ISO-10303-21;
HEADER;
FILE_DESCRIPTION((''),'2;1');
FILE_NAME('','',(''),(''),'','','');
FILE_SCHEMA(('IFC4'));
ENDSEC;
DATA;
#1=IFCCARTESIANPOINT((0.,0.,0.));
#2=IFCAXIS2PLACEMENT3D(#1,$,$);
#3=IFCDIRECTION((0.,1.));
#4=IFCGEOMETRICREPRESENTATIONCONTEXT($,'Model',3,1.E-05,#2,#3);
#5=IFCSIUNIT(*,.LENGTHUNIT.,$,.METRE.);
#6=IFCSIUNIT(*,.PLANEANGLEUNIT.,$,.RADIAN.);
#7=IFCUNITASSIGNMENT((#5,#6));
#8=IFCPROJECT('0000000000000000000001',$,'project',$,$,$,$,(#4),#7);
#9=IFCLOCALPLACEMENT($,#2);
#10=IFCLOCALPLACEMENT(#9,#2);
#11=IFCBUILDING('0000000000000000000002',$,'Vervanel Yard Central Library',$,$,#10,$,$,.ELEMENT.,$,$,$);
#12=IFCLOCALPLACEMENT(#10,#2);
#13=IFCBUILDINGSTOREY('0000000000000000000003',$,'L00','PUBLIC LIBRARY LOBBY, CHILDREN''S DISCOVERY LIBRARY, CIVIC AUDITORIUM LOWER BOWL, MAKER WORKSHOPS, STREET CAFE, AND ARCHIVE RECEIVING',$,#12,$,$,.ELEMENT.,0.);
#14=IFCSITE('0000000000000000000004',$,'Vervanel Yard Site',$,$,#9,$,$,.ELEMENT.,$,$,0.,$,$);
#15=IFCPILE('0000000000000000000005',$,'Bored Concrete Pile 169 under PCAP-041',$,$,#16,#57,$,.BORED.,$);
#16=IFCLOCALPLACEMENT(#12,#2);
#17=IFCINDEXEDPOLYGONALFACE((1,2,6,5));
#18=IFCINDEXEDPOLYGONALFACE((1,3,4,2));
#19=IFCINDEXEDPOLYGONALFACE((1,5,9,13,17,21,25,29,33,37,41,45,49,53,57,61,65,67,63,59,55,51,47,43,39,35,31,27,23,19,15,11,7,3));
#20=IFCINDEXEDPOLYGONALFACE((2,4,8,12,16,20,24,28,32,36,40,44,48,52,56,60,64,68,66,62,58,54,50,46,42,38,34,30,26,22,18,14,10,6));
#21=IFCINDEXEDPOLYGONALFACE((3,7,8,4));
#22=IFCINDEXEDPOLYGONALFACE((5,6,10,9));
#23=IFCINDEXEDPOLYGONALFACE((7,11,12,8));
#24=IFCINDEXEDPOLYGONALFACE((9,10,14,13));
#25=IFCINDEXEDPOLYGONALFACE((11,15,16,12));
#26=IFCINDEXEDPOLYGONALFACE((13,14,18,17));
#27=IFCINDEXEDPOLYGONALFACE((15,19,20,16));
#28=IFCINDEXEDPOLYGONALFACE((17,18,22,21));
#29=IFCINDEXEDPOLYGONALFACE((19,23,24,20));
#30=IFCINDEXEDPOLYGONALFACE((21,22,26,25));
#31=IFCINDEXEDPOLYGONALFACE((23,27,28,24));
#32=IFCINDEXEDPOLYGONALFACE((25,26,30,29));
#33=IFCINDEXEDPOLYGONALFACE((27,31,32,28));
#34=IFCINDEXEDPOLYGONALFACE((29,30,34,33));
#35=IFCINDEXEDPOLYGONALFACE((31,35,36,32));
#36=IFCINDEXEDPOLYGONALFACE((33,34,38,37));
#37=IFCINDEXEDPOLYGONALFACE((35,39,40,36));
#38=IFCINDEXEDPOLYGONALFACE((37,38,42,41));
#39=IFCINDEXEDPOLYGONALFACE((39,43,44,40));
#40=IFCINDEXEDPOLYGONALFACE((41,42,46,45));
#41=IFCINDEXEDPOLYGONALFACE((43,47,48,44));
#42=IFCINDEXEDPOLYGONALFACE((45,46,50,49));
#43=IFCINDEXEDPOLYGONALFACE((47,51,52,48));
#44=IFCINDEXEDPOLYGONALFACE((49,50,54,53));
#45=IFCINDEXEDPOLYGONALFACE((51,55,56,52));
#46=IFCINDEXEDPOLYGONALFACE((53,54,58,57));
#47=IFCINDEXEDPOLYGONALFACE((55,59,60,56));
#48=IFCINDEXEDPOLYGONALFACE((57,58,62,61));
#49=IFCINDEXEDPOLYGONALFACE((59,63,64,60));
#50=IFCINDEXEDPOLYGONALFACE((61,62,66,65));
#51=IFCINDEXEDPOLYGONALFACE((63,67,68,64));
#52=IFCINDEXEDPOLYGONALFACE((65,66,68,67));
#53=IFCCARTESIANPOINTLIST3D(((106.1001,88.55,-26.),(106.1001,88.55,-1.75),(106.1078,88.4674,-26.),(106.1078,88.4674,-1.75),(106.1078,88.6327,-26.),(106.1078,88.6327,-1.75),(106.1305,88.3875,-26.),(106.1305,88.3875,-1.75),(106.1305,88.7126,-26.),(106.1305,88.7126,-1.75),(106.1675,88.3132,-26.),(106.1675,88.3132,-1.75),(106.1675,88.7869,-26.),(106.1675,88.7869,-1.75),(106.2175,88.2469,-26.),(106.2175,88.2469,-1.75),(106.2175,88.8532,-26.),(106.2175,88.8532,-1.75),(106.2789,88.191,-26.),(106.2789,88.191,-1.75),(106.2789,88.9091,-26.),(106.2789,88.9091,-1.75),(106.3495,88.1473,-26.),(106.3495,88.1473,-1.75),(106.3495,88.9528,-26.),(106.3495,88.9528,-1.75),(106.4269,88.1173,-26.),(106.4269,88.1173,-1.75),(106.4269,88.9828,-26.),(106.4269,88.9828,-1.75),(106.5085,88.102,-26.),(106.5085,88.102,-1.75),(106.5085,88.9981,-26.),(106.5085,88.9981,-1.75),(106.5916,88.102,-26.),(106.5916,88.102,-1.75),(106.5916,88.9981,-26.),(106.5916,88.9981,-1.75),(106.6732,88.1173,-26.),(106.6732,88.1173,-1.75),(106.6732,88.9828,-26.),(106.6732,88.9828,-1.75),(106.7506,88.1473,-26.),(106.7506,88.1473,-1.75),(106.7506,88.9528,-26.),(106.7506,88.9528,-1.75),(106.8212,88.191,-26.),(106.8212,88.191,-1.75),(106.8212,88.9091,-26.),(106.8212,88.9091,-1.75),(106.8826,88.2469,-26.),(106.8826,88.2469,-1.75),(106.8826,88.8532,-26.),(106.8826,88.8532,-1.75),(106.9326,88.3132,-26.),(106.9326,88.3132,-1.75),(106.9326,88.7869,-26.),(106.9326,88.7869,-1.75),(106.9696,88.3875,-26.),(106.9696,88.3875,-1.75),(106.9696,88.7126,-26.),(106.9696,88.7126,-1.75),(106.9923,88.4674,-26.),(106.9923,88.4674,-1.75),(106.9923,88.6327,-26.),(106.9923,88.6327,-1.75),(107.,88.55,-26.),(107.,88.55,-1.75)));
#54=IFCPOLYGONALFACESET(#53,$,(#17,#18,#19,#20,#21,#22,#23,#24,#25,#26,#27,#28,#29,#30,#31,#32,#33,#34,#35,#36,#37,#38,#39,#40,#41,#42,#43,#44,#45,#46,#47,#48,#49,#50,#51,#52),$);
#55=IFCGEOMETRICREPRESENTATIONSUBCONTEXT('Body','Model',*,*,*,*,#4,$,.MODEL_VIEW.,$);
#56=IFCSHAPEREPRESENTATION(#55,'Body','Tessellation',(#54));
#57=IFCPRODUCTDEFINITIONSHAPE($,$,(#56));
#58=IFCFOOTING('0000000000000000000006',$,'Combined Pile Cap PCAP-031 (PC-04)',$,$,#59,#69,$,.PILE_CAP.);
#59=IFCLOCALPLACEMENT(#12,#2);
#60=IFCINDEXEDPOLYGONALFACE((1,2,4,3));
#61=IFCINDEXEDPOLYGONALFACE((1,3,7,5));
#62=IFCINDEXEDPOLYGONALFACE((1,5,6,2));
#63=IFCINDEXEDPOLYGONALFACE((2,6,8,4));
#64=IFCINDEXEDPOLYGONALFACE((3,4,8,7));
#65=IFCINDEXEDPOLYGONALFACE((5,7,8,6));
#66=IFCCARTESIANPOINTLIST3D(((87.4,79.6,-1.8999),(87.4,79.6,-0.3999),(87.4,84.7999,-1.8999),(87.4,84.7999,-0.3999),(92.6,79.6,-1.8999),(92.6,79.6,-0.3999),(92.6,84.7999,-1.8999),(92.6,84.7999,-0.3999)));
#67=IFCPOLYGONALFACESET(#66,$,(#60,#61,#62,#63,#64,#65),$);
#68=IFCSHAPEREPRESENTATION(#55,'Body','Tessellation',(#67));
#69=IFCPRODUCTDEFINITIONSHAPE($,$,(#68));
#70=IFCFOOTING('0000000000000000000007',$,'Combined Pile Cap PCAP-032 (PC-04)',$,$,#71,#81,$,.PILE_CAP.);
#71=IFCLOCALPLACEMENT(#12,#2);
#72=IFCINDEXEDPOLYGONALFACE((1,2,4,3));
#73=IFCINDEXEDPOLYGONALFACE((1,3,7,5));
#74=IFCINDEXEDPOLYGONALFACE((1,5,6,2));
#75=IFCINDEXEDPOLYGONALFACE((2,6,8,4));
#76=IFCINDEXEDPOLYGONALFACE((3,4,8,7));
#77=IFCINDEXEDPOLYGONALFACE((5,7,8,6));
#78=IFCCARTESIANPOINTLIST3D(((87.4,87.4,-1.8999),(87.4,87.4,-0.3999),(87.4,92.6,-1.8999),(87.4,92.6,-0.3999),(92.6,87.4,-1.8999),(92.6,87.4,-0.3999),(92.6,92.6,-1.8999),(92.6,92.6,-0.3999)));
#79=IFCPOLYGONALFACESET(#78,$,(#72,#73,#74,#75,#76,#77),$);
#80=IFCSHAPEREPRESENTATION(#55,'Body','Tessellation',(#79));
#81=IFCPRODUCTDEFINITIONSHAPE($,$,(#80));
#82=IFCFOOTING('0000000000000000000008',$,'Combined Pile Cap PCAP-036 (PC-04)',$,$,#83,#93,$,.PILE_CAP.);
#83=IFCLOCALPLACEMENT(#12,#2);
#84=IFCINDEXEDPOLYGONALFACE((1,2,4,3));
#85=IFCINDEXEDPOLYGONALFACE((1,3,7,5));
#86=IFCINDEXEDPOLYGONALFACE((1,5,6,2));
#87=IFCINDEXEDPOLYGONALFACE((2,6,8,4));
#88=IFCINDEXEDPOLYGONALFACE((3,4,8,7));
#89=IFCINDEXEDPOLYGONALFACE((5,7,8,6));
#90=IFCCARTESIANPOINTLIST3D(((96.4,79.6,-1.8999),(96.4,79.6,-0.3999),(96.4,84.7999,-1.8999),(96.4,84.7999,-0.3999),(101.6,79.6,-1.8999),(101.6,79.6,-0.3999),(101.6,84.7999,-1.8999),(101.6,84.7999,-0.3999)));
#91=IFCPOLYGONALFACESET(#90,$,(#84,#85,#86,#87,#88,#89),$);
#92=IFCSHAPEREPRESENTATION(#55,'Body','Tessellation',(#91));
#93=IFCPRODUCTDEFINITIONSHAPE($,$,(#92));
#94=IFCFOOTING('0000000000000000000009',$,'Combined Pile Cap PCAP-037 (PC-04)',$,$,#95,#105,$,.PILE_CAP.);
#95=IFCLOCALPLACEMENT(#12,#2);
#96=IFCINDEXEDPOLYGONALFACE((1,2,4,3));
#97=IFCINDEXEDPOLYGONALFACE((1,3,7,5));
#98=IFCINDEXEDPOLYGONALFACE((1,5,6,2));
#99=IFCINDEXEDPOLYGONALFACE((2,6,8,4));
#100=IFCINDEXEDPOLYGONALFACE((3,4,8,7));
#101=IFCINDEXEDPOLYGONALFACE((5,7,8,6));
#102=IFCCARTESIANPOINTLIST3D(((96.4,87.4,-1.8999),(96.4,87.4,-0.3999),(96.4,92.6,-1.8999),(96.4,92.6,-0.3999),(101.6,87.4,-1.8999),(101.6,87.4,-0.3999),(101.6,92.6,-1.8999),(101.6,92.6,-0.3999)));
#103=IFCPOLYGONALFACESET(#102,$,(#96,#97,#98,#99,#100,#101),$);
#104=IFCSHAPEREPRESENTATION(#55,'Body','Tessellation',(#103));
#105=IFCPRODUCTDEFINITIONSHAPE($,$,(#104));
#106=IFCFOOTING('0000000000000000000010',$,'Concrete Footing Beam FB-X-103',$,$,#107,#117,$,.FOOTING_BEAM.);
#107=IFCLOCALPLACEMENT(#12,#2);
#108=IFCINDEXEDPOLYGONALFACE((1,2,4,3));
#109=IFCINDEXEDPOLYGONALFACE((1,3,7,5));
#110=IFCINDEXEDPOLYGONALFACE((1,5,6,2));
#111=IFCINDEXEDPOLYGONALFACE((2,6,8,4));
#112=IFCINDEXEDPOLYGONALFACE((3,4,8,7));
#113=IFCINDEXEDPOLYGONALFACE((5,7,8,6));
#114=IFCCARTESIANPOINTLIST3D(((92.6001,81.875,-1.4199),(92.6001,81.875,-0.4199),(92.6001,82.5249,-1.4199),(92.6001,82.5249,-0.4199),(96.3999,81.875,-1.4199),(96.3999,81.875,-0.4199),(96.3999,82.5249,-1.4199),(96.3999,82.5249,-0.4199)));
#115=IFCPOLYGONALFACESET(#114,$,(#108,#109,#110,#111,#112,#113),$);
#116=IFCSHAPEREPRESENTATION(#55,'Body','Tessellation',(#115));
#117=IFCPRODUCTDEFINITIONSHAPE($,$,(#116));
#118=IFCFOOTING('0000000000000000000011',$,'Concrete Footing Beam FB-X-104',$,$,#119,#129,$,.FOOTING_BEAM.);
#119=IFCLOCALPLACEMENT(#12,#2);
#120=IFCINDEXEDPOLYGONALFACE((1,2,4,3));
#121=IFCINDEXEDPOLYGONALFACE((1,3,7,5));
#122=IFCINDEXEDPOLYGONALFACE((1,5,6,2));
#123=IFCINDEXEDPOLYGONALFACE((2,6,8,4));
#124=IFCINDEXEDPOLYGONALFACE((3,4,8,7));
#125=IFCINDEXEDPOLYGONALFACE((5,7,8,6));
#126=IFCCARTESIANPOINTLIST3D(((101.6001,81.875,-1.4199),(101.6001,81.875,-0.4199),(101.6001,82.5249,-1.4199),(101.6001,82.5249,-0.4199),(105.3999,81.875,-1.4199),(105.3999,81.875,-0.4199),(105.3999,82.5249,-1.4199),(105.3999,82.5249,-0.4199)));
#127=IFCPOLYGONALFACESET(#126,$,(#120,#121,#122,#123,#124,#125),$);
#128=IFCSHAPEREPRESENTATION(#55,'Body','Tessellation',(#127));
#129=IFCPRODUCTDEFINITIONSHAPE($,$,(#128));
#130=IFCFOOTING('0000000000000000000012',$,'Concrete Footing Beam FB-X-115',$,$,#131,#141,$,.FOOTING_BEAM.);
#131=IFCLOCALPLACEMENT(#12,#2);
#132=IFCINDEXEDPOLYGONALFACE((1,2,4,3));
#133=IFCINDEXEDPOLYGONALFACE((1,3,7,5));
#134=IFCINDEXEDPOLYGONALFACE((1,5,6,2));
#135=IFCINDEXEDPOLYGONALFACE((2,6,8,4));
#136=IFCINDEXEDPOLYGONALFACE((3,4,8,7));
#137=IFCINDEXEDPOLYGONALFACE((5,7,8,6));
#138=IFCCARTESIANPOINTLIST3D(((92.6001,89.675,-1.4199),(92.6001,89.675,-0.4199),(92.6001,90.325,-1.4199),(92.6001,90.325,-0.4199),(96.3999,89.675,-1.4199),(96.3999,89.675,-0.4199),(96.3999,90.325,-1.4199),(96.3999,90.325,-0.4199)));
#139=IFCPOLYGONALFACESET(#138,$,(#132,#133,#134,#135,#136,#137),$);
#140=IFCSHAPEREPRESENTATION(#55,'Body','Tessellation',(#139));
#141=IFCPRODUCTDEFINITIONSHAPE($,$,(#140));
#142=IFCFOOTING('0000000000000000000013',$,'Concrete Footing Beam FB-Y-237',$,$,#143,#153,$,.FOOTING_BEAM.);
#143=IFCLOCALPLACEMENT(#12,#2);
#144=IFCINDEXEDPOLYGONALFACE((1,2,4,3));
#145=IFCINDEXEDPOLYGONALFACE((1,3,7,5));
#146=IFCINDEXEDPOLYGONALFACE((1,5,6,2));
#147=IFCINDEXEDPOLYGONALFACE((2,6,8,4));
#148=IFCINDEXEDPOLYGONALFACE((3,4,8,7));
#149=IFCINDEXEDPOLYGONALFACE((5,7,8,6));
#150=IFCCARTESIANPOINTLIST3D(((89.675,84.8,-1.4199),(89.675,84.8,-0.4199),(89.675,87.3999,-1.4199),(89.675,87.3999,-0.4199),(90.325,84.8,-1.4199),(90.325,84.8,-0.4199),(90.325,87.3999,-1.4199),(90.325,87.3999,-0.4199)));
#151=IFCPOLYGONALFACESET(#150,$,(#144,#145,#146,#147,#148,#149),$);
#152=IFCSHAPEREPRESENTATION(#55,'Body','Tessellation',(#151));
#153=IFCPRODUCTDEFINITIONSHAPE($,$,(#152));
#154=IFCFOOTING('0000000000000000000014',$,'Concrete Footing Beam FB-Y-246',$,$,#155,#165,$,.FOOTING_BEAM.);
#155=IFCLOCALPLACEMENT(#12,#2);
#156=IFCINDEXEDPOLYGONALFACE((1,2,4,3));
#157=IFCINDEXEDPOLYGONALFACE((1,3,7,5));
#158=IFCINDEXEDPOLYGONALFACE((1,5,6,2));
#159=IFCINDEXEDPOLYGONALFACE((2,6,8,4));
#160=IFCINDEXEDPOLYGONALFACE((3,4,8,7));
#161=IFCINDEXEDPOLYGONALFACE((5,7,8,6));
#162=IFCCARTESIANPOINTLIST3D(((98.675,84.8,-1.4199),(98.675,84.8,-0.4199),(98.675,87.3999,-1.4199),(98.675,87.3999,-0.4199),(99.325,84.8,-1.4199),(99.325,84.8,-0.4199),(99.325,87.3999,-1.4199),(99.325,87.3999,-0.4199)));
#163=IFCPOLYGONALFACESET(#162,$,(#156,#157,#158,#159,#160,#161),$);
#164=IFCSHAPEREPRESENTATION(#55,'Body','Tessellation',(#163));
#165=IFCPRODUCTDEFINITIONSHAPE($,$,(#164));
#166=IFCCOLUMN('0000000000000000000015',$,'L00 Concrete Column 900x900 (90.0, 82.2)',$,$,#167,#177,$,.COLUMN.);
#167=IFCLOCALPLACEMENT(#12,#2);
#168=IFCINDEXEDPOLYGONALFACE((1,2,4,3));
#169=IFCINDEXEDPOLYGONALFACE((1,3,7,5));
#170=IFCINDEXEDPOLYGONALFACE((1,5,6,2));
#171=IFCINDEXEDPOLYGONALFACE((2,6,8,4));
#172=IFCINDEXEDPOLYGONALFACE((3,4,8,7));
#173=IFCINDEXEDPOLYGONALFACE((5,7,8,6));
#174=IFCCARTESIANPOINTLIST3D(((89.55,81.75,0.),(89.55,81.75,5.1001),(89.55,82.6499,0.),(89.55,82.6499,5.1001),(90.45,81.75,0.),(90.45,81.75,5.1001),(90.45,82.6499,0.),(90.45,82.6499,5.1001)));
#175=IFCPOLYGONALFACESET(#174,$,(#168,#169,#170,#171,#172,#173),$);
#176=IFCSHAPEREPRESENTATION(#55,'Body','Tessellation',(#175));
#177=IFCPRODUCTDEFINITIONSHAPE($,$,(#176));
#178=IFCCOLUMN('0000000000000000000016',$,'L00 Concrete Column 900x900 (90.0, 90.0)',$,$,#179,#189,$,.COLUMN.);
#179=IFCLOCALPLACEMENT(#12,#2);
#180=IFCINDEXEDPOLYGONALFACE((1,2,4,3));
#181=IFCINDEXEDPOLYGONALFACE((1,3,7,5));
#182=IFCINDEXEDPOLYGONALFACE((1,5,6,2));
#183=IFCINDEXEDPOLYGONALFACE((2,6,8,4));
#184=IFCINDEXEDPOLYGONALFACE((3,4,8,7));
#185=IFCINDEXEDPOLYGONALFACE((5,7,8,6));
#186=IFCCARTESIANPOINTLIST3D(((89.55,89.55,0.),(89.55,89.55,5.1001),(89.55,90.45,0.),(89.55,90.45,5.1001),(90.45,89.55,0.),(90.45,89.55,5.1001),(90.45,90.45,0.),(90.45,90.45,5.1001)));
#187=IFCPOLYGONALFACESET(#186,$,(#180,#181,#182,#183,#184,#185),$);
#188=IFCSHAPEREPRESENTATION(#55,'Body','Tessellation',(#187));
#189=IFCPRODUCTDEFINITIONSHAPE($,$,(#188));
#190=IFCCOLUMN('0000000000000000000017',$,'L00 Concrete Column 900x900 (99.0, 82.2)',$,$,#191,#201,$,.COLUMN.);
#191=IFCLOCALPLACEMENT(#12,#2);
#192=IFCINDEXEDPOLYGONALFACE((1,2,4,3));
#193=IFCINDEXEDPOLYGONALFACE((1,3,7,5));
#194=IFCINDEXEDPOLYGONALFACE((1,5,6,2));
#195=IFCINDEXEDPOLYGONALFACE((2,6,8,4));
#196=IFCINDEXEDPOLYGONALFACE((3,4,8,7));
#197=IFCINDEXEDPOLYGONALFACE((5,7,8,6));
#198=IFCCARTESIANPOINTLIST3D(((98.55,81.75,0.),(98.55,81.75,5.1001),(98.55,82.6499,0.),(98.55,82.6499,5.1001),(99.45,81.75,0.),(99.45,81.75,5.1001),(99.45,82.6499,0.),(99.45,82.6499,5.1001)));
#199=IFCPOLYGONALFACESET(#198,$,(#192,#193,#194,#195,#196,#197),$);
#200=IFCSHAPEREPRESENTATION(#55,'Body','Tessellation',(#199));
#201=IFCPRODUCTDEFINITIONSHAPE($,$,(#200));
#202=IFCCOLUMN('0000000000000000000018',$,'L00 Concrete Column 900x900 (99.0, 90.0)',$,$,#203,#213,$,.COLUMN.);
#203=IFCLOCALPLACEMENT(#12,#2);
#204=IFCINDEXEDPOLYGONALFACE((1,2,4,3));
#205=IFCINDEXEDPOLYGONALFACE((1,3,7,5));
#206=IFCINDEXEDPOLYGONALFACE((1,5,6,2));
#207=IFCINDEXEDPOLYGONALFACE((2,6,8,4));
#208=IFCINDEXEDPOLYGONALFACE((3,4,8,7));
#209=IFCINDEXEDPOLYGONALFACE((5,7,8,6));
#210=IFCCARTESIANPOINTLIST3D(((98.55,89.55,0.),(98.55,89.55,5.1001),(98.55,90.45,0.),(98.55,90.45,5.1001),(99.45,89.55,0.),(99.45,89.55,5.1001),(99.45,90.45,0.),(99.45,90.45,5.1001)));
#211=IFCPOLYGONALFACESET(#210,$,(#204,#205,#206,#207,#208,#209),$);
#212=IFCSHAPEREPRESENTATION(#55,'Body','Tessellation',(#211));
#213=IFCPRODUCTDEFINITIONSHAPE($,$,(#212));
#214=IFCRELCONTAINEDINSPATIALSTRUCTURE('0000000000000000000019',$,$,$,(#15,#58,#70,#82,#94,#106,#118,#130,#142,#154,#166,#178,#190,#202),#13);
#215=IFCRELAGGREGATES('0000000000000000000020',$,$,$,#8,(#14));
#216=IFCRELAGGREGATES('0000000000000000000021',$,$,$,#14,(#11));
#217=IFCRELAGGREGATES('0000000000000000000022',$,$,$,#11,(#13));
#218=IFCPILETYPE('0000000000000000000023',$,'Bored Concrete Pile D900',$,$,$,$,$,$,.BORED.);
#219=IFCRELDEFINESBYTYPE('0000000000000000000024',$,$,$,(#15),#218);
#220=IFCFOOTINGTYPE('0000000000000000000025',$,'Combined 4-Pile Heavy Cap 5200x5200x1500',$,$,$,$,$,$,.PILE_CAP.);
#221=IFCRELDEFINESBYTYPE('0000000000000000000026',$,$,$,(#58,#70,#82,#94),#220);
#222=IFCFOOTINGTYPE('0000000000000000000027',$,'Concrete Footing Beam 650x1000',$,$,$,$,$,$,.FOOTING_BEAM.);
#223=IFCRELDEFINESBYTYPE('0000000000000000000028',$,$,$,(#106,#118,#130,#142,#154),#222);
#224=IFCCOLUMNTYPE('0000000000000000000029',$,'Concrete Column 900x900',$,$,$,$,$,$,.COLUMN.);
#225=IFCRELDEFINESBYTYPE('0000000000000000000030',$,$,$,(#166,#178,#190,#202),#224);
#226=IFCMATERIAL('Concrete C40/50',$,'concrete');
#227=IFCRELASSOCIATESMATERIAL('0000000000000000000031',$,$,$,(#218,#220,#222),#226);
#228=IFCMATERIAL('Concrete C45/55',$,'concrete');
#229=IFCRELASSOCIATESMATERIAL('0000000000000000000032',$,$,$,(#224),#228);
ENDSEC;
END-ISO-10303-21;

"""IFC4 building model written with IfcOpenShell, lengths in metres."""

from ifc_helpers import new_model, si_unit, direction, frame, origin, origin_2d, place, context, subcontext, project, spatial, rectangle, circle, extrude, material, material_profile, profile_set, type_object, element, save


model = new_model("IFC4")

# Units and contexts
model_context = context("Model", 3, precision=1e-05, world=origin(), true_north=direction((0.0, 1.0)))
body_context = subcontext(model_context, "Body", "Model", "MODEL_VIEW")
ifc_project = project(units=[si_unit("LENGTHUNIT", "METRE"), si_unit("PLANEANGLEUNIT", "RADIAN")], contexts=[model_context])

# Site, building, storey
site_placement = place(None, origin())
site = spatial("IfcSite", under=ifc_project, at=site_placement, Name="Vervanel Yard Site", CompositionType="ELEMENT", RefElevation=0.0)
building_placement = place(site_placement, origin())
building = spatial("IfcBuilding", under=site, at=building_placement, Name="Vervanel Yard Central Library", CompositionType="ELEMENT")
storey_placement = place(building_placement, origin())
storey = spatial("IfcBuildingStorey", under=building, at=storey_placement, Name="L00", Description="PUBLIC LIBRARY LOBBY, CHILDREN'S DISCOVERY LIBRARY, CIVIC AUDITORIUM LOWER BOWL, MAKER WORKSHOPS, STREET CAFE, AND ARCHIVE RECEIVING", CompositionType="ELEMENT", Elevation=0.0)

# Pile
ifc_material_1 = material(Name="Concrete C40/50", Category="concrete")
ifc_material_profile_1 = material_profile(ifc_material_1, circle(Radius=0.45, at=origin_2d()), Name="BP D900", Category="concrete")
ifc_profile_set_1 = profile_set([ifc_material_profile_1], Name="Concrete C40/50")
pile_type = type_object("IfcPileType", Name="Bored Concrete Pile D900", PredefinedType="BORED", material=ifc_profile_set_1)
for number, where, z_axis, x_axis, name in (
    (1, (106.55, 88.55, -1.75), (0.0, 0.0, -1.0), (1.0, 0.0, 0.0), "Bored Concrete Pile 169 under PCAP-041"),
):
    element("IfcPile", number, at=place(storey_placement, frame(where, z_axis=z_axis, x_axis=x_axis)), inside=storey, type_object=pile_type, Name=name, PredefinedType="BORED", context=body_context, shape_type="SweptSolid", body=[
        extrude(circle(Radius=0.45, at=origin_2d()), origin(), (0.0, 0.0, 1.0), 24.25),
    ])

# Footings
footing_type_1 = type_object("IfcFootingType", Name="Combined 4-Pile Heavy Cap 5200x5200x1500", PredefinedType="PILE_CAP", material=ifc_material_1)
for number, where, z_axis, x_axis, name in (
    (2, (90.0, 82.2, -1.8999), (0.0, 0.0, 1.0), (1.0, 0.0, 0.0), "Combined Pile Cap PCAP-031 (PC-04)"),
    (3, (90.0, 90.0, -1.8999), (0.0, 0.0, 1.0), (1.0, 0.0, 0.0), "Combined Pile Cap PCAP-032 (PC-04)"),
    (4, (99.0, 82.2, -1.8999), (0.0, 0.0, 1.0), (1.0, 0.0, 0.0), "Combined Pile Cap PCAP-036 (PC-04)"),
    (5, (99.0, 90.0, -1.8999), (0.0, 0.0, 1.0), (1.0, 0.0, 0.0), "Combined Pile Cap PCAP-037 (PC-04)"),
):
    element("IfcFooting", number, at=place(storey_placement, frame(where, z_axis=z_axis, x_axis=x_axis)), inside=storey, type_object=footing_type_1, Name=name, PredefinedType="PILE_CAP", context=body_context, shape_type="SweptSolid", body=[
        extrude(rectangle(XDim=5.2, YDim=5.2, at=origin_2d()), origin(), (0.0, 0.0, 1.0), 1.5),
    ])
ifc_material_profile_2 = material_profile(ifc_material_1, rectangle(XDim=0.6499, YDim=1.0, at=origin_2d()), Name="RC 650x1000", Category="concrete")
ifc_profile_set_2 = profile_set([ifc_material_profile_2], Name="Concrete C40/50")
footing_type_2 = type_object("IfcFootingType", Name="Concrete Footing Beam 650x1000", PredefinedType="FOOTING_BEAM", material=ifc_profile_set_2)
for number, where, z_axis, x_axis, name in (
    (6, (92.6001, 82.2, -0.9199), (1.0, 0.0, 0.0), (0.0, 1.0, 0.0), "Concrete Footing Beam FB-X-103"),
    (7, (101.6001, 82.2, -0.9199), (1.0, 0.0, 0.0), (0.0, 1.0, 0.0), "Concrete Footing Beam FB-X-104"),
    (8, (92.6001, 90.0, -0.9199), (1.0, 0.0, 0.0), (0.0, 1.0, 0.0), "Concrete Footing Beam FB-X-115"),
):
    element("IfcFooting", number, at=place(storey_placement, frame(where, z_axis=z_axis, x_axis=x_axis)), inside=storey, type_object=footing_type_2, Name=name, PredefinedType="FOOTING_BEAM", context=body_context, shape_type="SweptSolid", body=[
        extrude(rectangle(XDim=0.6499, YDim=1.0, at=origin_2d()), origin(), (0.0, 0.0, 1.0), 3.7998),
    ])
for number, where, z_axis, x_axis, name in (
    (9, (90.0, 84.8, -0.9199), (0.0, 1.0, 0.0), (-1.0, 0.0, 0.0), "Concrete Footing Beam FB-Y-237"),
    (10, (99.0, 84.8, -0.9199), (0.0, 1.0, 0.0), (-1.0, 0.0, 0.0), "Concrete Footing Beam FB-Y-246"),
):
    element("IfcFooting", number, at=place(storey_placement, frame(where, z_axis=z_axis, x_axis=x_axis)), inside=storey, type_object=footing_type_2, Name=name, PredefinedType="FOOTING_BEAM", context=body_context, shape_type="SweptSolid", body=[
        extrude(rectangle(XDim=0.6499, YDim=1.0, at=origin_2d()), origin(), (0.0, 0.0, 1.0), 2.5999),
    ])

# Columns
ifc_material_2 = material(Name="Concrete C45/55", Category="concrete")
ifc_material_profile_3 = material_profile(ifc_material_2, rectangle(XDim=0.8999, YDim=0.8999, at=origin_2d()), Name="RC 900x900", Category="concrete")
ifc_profile_set_3 = profile_set([ifc_material_profile_3], Name="Concrete C45/55")
column_type = type_object("IfcColumnType", Name="Concrete Column 900x900", PredefinedType="COLUMN", material=ifc_profile_set_3)
for number, where, z_axis, x_axis, name in (
    (11, (90.0, 82.2, 0.0), (0.0, 0.0, 1.0), (1.0, 0.0, 0.0), "L00 Concrete Column 900x900 (90.0, 82.2)"),
    (12, (90.0, 90.0, 0.0), (0.0, 0.0, 1.0), (1.0, 0.0, 0.0), "L00 Concrete Column 900x900 (90.0, 90.0)"),
    (13, (99.0, 82.2, 0.0), (0.0, 0.0, 1.0), (1.0, 0.0, 0.0), "L00 Concrete Column 900x900 (99.0, 82.2)"),
    (14, (99.0, 90.0, 0.0), (0.0, 0.0, 1.0), (1.0, 0.0, 0.0), "L00 Concrete Column 900x900 (99.0, 90.0)"),
):
    element("IfcColumn", number, at=place(storey_placement, frame(where, z_axis=z_axis, x_axis=x_axis)), inside=storey, type_object=column_type, Name=name, PredefinedType="COLUMN", context=body_context, shape_type="SweptSolid", body=[
        extrude(rectangle(XDim=0.8999, YDim=0.8999, at=origin_2d()), origin(), (0.0, 0.0, 1.0), 5.1001),
    ])

save(model, "model.ifc")
